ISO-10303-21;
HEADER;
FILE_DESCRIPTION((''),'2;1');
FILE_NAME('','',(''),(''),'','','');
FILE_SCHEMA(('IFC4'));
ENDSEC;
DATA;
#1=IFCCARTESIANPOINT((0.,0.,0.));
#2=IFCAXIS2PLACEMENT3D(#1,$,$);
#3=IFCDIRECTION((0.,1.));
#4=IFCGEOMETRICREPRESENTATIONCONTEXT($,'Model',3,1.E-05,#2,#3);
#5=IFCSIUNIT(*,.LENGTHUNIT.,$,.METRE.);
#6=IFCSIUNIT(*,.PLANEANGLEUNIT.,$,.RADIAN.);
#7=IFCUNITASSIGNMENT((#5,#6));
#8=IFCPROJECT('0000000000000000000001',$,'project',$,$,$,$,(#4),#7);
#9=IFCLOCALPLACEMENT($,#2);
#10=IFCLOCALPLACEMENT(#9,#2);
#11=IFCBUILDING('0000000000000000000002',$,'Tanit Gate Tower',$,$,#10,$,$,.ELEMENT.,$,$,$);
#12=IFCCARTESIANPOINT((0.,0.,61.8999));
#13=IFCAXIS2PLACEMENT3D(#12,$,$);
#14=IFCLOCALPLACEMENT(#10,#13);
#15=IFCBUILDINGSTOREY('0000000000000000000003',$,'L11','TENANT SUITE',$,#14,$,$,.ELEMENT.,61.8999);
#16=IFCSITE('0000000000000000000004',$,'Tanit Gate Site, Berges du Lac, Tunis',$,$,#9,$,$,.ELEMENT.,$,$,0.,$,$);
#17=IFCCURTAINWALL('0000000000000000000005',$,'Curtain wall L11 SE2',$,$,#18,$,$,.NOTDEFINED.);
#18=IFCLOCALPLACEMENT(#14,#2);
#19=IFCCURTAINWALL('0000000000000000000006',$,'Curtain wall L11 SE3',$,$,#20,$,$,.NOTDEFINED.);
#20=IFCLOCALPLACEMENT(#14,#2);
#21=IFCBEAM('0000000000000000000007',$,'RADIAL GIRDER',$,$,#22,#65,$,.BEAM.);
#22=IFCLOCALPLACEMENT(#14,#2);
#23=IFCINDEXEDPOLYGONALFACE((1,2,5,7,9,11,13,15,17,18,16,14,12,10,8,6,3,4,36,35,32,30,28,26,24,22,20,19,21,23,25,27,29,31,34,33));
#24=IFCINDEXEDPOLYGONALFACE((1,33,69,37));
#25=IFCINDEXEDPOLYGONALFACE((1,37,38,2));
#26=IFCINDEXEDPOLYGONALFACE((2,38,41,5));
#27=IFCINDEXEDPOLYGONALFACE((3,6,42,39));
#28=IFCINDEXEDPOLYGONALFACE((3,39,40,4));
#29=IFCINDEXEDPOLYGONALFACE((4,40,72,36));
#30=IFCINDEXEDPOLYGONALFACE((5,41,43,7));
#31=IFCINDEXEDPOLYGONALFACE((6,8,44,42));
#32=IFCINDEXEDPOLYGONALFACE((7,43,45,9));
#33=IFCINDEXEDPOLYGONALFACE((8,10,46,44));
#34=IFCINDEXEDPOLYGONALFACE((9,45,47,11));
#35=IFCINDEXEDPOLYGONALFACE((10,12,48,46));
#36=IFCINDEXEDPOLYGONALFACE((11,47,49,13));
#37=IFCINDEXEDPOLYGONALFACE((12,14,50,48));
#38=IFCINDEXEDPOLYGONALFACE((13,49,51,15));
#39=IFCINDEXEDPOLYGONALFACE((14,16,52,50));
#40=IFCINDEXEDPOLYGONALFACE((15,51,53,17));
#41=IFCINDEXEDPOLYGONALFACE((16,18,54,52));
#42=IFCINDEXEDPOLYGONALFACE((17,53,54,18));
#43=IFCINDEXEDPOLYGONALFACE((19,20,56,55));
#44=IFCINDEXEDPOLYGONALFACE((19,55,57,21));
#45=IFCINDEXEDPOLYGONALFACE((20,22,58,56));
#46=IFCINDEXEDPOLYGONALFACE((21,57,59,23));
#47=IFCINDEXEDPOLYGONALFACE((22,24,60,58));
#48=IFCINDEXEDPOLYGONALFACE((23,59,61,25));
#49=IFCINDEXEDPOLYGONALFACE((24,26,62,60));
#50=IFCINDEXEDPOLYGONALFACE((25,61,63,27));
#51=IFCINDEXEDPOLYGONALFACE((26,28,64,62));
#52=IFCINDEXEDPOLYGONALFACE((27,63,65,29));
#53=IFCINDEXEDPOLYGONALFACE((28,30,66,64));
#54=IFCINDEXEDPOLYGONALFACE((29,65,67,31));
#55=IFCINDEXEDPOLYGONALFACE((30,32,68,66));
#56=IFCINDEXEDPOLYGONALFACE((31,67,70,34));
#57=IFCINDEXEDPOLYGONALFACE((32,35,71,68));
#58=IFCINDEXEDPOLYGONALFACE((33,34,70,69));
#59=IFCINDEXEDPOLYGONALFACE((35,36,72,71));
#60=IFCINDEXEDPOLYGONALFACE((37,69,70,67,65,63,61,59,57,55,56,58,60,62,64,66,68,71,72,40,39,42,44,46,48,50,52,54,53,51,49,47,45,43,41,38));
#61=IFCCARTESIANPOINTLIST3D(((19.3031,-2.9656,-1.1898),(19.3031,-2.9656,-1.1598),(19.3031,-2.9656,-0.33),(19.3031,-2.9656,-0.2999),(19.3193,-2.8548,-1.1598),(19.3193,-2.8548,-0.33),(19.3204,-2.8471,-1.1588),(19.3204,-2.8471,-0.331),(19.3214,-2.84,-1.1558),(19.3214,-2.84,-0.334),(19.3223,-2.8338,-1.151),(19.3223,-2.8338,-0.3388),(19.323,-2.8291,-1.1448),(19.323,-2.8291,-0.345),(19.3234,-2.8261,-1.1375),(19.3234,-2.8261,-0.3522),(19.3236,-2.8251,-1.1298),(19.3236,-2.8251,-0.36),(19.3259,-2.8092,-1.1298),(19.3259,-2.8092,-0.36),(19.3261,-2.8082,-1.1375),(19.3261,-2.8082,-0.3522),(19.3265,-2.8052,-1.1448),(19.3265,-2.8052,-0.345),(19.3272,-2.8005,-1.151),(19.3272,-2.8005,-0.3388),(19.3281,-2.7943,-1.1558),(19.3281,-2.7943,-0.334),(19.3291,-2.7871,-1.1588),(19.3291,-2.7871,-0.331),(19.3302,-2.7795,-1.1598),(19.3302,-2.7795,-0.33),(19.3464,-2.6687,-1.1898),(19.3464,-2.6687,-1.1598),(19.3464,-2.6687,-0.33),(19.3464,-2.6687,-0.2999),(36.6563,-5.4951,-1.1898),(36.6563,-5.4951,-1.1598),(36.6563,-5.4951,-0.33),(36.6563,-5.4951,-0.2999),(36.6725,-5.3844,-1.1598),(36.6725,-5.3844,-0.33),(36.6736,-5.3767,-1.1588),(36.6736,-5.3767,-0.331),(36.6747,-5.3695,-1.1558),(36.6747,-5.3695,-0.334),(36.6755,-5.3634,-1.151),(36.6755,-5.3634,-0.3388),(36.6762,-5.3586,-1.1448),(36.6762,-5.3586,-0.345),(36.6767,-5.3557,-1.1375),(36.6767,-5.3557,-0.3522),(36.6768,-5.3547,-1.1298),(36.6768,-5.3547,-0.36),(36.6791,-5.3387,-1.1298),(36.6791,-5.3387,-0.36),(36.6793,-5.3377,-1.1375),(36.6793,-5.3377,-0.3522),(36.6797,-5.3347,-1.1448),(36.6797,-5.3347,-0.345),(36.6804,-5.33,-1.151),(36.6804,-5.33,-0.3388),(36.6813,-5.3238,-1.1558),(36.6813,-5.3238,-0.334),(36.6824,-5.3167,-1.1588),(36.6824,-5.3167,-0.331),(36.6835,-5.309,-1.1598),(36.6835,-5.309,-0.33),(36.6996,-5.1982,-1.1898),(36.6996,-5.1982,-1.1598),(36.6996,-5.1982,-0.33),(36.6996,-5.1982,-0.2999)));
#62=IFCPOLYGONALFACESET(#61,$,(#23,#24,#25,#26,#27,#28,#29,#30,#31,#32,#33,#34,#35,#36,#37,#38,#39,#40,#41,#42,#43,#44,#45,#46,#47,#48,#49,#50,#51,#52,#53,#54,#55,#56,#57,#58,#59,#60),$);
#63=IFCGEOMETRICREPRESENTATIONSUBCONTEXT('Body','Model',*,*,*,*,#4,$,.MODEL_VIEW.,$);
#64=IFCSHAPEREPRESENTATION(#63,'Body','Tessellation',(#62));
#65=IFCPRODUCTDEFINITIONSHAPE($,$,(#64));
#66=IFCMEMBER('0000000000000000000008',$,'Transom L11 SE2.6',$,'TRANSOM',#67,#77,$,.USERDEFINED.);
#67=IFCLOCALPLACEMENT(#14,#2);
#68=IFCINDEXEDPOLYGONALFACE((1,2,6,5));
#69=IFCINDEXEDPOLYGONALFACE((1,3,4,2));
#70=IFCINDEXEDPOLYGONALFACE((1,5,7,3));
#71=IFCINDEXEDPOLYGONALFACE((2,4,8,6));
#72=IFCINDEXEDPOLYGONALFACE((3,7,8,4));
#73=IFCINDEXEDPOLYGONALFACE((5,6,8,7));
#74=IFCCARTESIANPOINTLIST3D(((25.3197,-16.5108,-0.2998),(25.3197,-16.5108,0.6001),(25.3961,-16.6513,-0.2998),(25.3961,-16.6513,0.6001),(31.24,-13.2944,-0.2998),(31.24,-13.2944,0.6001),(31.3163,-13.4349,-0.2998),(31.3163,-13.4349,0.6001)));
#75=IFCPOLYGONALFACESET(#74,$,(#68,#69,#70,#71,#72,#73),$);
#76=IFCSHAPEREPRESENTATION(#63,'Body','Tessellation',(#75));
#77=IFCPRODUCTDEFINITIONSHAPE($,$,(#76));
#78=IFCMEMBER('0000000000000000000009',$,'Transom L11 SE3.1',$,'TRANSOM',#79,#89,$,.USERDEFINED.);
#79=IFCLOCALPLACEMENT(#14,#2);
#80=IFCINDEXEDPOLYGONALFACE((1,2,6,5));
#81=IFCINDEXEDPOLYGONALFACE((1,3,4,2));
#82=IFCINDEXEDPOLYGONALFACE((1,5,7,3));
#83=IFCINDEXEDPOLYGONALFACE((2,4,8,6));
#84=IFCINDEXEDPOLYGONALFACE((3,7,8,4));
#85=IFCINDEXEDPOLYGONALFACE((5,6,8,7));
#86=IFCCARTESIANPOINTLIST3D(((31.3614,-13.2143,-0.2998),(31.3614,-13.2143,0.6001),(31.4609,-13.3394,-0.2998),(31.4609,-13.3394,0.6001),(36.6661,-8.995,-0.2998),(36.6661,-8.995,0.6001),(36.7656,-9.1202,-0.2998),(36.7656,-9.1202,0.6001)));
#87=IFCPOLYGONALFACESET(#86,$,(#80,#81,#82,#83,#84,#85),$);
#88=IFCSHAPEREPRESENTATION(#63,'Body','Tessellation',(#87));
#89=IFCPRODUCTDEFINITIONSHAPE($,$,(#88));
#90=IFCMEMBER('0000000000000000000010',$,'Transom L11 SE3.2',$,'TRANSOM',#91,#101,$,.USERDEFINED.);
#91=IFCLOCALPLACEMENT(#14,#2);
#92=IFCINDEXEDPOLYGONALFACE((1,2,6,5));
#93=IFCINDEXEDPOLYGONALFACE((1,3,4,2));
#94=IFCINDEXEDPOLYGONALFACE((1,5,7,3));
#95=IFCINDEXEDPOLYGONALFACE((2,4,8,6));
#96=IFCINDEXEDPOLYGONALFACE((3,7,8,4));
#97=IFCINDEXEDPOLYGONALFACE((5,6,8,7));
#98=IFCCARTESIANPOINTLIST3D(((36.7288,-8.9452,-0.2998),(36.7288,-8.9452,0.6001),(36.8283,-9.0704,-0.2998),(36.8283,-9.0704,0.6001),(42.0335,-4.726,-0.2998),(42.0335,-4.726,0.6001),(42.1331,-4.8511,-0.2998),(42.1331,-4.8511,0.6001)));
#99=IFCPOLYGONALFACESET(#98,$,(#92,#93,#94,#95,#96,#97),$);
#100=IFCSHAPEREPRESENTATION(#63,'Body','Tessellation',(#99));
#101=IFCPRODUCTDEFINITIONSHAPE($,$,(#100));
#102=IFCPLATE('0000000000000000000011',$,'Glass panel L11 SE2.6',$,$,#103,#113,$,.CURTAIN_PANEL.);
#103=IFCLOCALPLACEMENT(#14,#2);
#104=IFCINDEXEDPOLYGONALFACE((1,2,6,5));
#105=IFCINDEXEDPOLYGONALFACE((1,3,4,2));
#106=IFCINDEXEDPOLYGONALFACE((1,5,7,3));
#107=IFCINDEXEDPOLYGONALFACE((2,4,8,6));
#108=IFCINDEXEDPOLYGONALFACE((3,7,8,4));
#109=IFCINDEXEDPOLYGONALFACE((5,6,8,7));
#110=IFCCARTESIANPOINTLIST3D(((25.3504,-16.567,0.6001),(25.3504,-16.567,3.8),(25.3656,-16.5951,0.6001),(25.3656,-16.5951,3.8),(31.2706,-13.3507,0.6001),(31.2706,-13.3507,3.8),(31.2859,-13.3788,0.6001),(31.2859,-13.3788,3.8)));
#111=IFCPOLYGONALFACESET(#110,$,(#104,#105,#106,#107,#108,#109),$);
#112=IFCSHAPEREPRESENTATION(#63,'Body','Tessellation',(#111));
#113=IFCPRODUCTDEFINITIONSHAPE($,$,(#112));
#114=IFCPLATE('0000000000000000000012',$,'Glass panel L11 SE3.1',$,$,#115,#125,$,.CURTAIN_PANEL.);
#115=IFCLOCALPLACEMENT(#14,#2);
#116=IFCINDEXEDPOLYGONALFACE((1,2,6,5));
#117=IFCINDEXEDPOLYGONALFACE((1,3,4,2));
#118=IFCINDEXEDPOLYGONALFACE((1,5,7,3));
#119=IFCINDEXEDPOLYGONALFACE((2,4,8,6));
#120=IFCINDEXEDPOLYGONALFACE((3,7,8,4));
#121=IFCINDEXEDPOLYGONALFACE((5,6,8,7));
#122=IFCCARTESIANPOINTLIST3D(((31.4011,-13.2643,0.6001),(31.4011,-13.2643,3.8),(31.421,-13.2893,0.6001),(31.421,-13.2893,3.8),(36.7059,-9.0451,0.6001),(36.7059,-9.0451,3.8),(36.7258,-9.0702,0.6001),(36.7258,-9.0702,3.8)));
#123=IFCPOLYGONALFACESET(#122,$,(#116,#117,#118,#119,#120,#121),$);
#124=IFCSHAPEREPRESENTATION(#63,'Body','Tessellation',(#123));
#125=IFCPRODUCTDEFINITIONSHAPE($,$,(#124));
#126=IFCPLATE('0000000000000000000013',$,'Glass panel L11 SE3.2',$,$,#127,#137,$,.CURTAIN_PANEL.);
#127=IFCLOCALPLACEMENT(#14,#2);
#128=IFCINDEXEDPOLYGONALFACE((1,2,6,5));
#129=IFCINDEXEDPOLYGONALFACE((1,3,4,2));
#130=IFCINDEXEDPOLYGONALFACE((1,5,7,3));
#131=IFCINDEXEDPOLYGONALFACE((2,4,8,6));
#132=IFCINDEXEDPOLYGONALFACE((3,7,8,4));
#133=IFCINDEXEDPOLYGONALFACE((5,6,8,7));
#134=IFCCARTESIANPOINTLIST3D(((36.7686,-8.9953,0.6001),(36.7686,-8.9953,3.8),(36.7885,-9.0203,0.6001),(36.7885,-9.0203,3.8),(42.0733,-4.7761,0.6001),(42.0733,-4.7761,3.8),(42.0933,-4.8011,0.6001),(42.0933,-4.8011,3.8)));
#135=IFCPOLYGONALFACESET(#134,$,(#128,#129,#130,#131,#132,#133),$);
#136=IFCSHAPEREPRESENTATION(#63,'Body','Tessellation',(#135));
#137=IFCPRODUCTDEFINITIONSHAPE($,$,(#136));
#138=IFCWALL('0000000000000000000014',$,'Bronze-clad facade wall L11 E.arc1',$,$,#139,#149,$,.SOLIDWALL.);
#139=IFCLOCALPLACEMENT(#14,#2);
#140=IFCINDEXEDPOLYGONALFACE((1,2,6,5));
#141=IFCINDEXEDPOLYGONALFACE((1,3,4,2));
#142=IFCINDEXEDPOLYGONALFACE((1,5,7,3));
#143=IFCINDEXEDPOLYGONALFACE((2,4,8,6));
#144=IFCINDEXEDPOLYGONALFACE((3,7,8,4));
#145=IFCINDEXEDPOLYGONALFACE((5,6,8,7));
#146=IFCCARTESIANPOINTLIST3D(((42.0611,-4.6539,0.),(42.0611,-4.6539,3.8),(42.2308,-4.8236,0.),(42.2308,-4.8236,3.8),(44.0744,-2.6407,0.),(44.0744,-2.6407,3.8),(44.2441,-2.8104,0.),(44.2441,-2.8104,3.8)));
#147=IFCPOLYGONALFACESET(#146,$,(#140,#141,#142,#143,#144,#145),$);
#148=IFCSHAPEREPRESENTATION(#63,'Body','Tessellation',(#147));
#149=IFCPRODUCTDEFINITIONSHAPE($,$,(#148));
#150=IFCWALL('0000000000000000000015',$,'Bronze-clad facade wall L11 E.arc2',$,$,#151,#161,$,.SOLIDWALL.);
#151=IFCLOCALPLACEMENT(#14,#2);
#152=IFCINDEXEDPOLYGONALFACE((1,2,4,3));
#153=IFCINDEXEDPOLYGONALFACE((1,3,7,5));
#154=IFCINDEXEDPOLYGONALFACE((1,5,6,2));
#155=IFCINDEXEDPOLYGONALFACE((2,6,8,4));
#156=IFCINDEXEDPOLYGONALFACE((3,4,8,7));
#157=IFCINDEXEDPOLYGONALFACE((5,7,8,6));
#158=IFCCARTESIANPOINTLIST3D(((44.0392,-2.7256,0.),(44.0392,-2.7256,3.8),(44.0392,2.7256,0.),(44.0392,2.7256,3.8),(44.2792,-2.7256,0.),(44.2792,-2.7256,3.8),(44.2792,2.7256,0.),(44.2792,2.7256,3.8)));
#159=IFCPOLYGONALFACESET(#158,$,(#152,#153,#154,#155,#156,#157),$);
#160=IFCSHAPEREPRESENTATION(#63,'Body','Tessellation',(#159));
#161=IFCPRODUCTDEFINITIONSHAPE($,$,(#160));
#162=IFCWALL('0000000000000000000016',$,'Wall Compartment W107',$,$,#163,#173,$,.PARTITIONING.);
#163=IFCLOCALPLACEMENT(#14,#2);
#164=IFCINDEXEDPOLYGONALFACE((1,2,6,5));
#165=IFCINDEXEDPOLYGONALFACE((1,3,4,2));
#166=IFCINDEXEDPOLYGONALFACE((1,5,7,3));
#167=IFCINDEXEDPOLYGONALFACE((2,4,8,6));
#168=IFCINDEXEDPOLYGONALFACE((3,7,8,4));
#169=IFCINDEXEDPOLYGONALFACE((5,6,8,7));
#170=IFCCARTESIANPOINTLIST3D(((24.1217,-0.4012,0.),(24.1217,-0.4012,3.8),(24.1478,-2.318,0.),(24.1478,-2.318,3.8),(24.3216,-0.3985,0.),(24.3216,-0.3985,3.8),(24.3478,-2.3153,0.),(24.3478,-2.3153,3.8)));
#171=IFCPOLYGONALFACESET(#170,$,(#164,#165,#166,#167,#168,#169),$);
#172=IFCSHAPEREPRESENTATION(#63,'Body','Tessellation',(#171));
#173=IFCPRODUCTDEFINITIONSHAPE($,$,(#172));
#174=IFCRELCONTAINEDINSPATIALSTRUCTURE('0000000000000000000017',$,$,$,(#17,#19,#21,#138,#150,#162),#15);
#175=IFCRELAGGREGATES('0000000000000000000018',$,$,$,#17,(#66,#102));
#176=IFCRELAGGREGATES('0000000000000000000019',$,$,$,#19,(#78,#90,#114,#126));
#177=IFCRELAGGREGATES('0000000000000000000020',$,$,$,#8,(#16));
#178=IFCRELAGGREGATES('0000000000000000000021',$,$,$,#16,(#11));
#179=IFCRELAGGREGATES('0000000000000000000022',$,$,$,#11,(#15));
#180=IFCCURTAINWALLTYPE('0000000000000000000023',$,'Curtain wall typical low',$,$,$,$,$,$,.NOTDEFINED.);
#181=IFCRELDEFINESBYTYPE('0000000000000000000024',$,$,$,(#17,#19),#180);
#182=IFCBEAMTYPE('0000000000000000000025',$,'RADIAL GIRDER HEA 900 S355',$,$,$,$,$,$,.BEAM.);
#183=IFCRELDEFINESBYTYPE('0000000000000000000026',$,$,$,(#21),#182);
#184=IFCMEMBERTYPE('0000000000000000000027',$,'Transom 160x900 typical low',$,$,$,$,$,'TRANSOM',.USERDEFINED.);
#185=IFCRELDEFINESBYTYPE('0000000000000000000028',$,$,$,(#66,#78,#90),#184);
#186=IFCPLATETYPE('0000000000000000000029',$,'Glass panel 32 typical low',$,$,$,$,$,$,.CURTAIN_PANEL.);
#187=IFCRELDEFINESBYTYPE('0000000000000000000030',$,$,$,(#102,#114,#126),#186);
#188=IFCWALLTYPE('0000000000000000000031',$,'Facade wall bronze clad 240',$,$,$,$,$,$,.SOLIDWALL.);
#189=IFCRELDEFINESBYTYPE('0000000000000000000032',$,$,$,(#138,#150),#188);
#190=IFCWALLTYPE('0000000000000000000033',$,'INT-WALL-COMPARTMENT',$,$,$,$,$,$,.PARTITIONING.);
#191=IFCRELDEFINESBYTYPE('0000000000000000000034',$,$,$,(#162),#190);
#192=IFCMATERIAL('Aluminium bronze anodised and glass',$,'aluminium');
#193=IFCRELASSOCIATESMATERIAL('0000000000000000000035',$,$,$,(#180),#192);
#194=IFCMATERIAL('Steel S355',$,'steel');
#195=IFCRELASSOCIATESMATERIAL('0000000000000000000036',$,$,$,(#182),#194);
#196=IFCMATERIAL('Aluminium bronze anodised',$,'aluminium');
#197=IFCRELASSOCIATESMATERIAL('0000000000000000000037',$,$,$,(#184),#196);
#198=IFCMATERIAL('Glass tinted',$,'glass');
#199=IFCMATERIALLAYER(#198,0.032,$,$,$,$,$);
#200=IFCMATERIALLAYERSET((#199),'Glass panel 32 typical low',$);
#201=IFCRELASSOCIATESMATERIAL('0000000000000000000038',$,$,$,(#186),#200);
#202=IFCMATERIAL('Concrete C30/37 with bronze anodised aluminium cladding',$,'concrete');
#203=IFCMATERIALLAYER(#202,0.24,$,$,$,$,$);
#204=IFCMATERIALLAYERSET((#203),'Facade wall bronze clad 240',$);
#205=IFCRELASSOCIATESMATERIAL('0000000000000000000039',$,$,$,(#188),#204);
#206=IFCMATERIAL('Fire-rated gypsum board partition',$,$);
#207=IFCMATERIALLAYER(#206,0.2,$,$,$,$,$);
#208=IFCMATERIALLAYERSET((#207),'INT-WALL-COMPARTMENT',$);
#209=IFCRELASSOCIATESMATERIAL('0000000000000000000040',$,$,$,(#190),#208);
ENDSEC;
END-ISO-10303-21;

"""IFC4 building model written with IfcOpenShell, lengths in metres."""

from ifc_helpers import new_model, si_unit, direction, frame, frame_2d, origin, origin_2d, place, context, subcontext, project, spatial, rectangle, i_section, extrude, material, layer, layer_set, material_profile, profile_set, type_object, element, aggregate, save


model = new_model("IFC4")

# Units and contexts
model_context = context("Model", 3, precision=1e-05, world=origin(), true_north=direction((0.0, 1.0)))
body_context = subcontext(model_context, "Body", "Model", "MODEL_VIEW")
ifc_project = project(units=[si_unit("LENGTHUNIT", "METRE"), si_unit("PLANEANGLEUNIT", "RADIAN")], contexts=[model_context])

# Site, building, storey
site_placement = place(None, origin())
site = spatial("IfcSite", under=ifc_project, at=site_placement, Name="Tanit Gate Site, Berges du Lac, Tunis", CompositionType="ELEMENT", RefElevation=0.0)
building_placement = place(site_placement, origin())
building = spatial("IfcBuilding", under=site, at=building_placement, Name="Tanit Gate Tower", CompositionType="ELEMENT")
storey_placement = place(building_placement, frame((0.0, 0.0, 61.8999)))
storey = spatial("IfcBuildingStorey", under=building, at=storey_placement, Name="L11", Description="TENANT SUITE", CompositionType="ELEMENT", Elevation=61.8999)

# Curtain wall
ifc_material_1 = material(Name="Aluminium bronze anodised and glass", Category="aluminium")
curtain_wall_type = type_object("IfcCurtainWallType", Name="Curtain wall typical low", PredefinedType="NOTDEFINED", material=ifc_material_1)
curtain_wall_1_placement = place(storey_placement, origin())
curtain_wall_1 = element("IfcCurtainWall", 1, at=curtain_wall_1_placement, inside=storey, type_object=curtain_wall_type, Name="Curtain wall L11 SE2", PredefinedType="NOTDEFINED")

# Curtain wall
curtain_wall_2_placement = place(storey_placement, origin())
curtain_wall_2 = element("IfcCurtainWall", 2, at=curtain_wall_2_placement, inside=storey, type_object=curtain_wall_type, Name="Curtain wall L11 SE3", PredefinedType="NOTDEFINED")

# Beam
ifc_material_2 = material(Name="Steel S355", Category="steel")
ifc_material_profile_1 = material_profile(ifc_material_2, i_section(OverallWidth=0.3, OverallDepth=0.8899, WebThickness=0.0161, FlangeThickness=0.03, FilletRadius=0.03, at=origin_2d()), Name="HEA 900")
ifc_profile_set_1 = profile_set([ifc_material_profile_1], Name="Steel S355")
beam_type_1 = type_object("IfcBeamType", Name="RADIAL GIRDER HEA 900 S355", PredefinedType="BEAM", material=ifc_profile_set_1)
beam_1_placement = place(storey_placement, frame((36.678, -5.3467, -0.7449), z_axis=(-0.989542, 0.144243, 0.0), x_axis=(-0.144243, -0.989542, 0.0)))
element("IfcBeam", 3, at=beam_1_placement, inside=storey, type_object=beam_type_1, Name="RADIAL GIRDER", PredefinedType="BEAM", context=body_context, shape_type="SweptSolid", body=[
    extrude(i_section(OverallWidth=0.3, OverallDepth=0.8899, WebThickness=0.0161, FlangeThickness=0.03, FilletRadius=0.03, at=origin_2d()), origin(), (0.0, 0.0, 1.0), 17.5366),
])

# Members
ifc_material_3 = material(Name="Aluminium bronze anodised", Category="aluminium")
ifc_material_profile_2 = material_profile(ifc_material_3, rectangle(XDim=0.1599, YDim=0.8999, at=origin_2d()), Name="160x900 bronze transom")
ifc_profile_set_2 = profile_set([ifc_material_profile_2], Name="Aluminium bronze anodised")
member_type_1 = type_object("IfcMemberType", Name="Transom 160x900 typical low", ElementType="TRANSOM", PredefinedType="USERDEFINED", material=ifc_profile_set_2)
member_1_placement = place(storey_placement, frame((25.3579, -16.5811, 0.1501), z_axis=(0.878698, 0.477379, 0.0), x_axis=(-0.477379, 0.878698, 0.0)))
member_1 = element("IfcMember", 4, at=member_1_placement, type_object=member_type_1, Name="Transom L11 SE2.6", ObjectType="TRANSOM", PredefinedType="USERDEFINED", context=body_context, shape_type="SweptSolid", body=[
    extrude(rectangle(XDim=0.1599, YDim=0.8999, at=origin_2d()), origin(), (0.0, 0.0, 1.0), 6.7375),
])
member_2_placement = place(storey_placement, frame((31.4111, -13.2769, 0.1501), z_axis=(0.78263, 0.622487, 0.0), x_axis=(-0.622487, 0.78263, 0.0)))
member_2 = element("IfcMember", 5, at=member_2_placement, type_object=member_type_1, Name="Transom L11 SE3.1", ObjectType="TRANSOM", PredefinedType="USERDEFINED", context=body_context, shape_type="SweptSolid", body=[
    extrude(rectangle(XDim=0.1599, YDim=0.8999, at=origin_2d()), origin(), (0.0, 0.0, 1.0), 6.7781),
])
member_3_placement = place(storey_placement, frame((36.7786, -9.0078, 0.1501), z_axis=(0.78263, 0.622487, 0.0), x_axis=(-0.622487, 0.78263, 0.0)))
member_3 = element("IfcMember", 6, at=member_3_placement, type_object=member_type_1, Name="Transom L11 SE3.2", ObjectType="TRANSOM", PredefinedType="USERDEFINED", context=body_context, shape_type="SweptSolid", body=[
    extrude(rectangle(XDim=0.1599, YDim=0.8999, at=origin_2d()), origin(), (0.0, 0.0, 1.0), 6.7781),
])

# Plates
ifc_material_4 = material(Name="Glass tinted", Category="glass")
ifc_layer_1 = layer(ifc_material_4, 0.032)
ifc_layer_set_1 = layer_set([ifc_layer_1], Name="Glass panel 32 typical low")
plate_type = type_object("IfcPlateType", Name="Glass panel 32 typical low", PredefinedType="CURTAIN_PANEL", material=ifc_layer_set_1)
plate_1_placement = place(storey_placement, frame((28.3181, -14.9729, 0.6001), z_axis=(0.0, 0.0, 1.0), x_axis=(0.878696, 0.477381, 0.0)))
plate_1 = element("IfcPlate", 7, at=plate_1_placement, type_object=plate_type, Name="Glass panel L11 SE2.6", PredefinedType="CURTAIN_PANEL", context=body_context, shape_type="SweptSolid", body=[
    extrude(rectangle(XDim=6.7375, YDim=0.032, at=origin_2d()), origin(), (0.0, 0.0, 1.0), 3.2),
])
aggregate(curtain_wall_1, [member_1, plate_1])
plate_2_placement = place(storey_placement, frame((34.0635, -11.1672, 0.6001), z_axis=(0.0, 0.0, 1.0), x_axis=(0.782639, 0.622475, 0.0)))
plate_2 = element("IfcPlate", 8, at=plate_2_placement, type_object=plate_type, Name="Glass panel L11 SE3.1", PredefinedType="CURTAIN_PANEL", context=body_context, shape_type="SweptSolid", body=[
    extrude(rectangle(XDim=6.7781, YDim=0.032, at=origin_2d()), origin(), (0.0, 0.0, 1.0), 3.2),
])
plate_3_placement = place(storey_placement, frame((39.4309, -6.8982, 0.6001), z_axis=(0.0, 0.0, 1.0), x_axis=(0.782639, 0.622475, 0.0)))
plate_3 = element("IfcPlate", 9, at=plate_3_placement, type_object=plate_type, Name="Glass panel L11 SE3.2", PredefinedType="CURTAIN_PANEL", context=body_context, shape_type="SweptSolid", body=[
    extrude(rectangle(XDim=6.7781, YDim=0.032, at=origin_2d()), origin(), (0.0, 0.0, 1.0), 3.2),
])
aggregate(curtain_wall_2, [member_2, member_3, plate_2, plate_3])

# Walls
ifc_material_5 = material(Name="Concrete C30/37 with bronze anodised aluminium cladding", Category="concrete")
ifc_layer_2 = layer(ifc_material_5, 0.24)
ifc_layer_set_2 = layer_set([ifc_layer_2], Name="Facade wall bronze clad 240")
wall_type_1 = type_object("IfcWallType", Name="Facade wall bronze clad 240", PredefinedType="SOLIDWALL", material=ifc_layer_set_2)
wall_1_placement = place(storey_placement, frame((42.146, -4.7388, 0.0), z_axis=(0.0, 0.0, 1.0), x_axis=(0.707107, 0.707107, 0.0)))
element("IfcWall", 10, at=wall_1_placement, inside=storey, type_object=wall_type_1, Name="Bronze-clad facade wall L11 E.arc1", PredefinedType="SOLIDWALL", context=body_context, shape_type="SweptSolid", body=[
    extrude(rectangle(XDim=2.8472, YDim=0.24, at=frame_2d((1.4236, 0.0))), origin(), (0.0, 0.0, 1.0), 3.8),
])
wall_2_placement = place(storey_placement, frame((44.1592, -2.7256, 0.0), z_axis=(0.0, 0.0, 1.0), x_axis=(0.0, 1.0, 0.0)))
element("IfcWall", 11, at=wall_2_placement, inside=storey, type_object=wall_type_1, Name="Bronze-clad facade wall L11 E.arc2", PredefinedType="SOLIDWALL", context=body_context, shape_type="SweptSolid", body=[
    extrude(rectangle(XDim=5.4512, YDim=0.24, at=frame_2d((2.7256, 0.0))), origin(), (0.0, 0.0, 1.0), 3.8),
])
ifc_material_6 = material(Name="Fire-rated gypsum board partition")
ifc_layer_3 = layer(ifc_material_6, 0.2)
ifc_layer_set_3 = layer_set([ifc_layer_3], Name="INT-WALL-COMPARTMENT")
wall_type_2 = type_object("IfcWallType", Name="INT-WALL-COMPARTMENT", PredefinedType="PARTITIONING", material=ifc_layer_set_3)
wall_3_placement = place(storey_placement, frame((24.2478, -2.3167, 0.0), z_axis=(0.0, 0.0, 1.0), x_axis=(-0.013628, 0.999907, 0.0)))
element("IfcWall", 12, at=wall_3_placement, inside=storey, type_object=wall_type_2, Name="Wall Compartment W107", PredefinedType="PARTITIONING", context=body_context, shape_type="SweptSolid", body=[
    extrude(rectangle(XDim=1.917, YDim=0.2, at=frame_2d((0.9585, 0.0))), origin(), (0.0, 0.0, 1.0), 3.8),
])

save(model, "model.ifc")
